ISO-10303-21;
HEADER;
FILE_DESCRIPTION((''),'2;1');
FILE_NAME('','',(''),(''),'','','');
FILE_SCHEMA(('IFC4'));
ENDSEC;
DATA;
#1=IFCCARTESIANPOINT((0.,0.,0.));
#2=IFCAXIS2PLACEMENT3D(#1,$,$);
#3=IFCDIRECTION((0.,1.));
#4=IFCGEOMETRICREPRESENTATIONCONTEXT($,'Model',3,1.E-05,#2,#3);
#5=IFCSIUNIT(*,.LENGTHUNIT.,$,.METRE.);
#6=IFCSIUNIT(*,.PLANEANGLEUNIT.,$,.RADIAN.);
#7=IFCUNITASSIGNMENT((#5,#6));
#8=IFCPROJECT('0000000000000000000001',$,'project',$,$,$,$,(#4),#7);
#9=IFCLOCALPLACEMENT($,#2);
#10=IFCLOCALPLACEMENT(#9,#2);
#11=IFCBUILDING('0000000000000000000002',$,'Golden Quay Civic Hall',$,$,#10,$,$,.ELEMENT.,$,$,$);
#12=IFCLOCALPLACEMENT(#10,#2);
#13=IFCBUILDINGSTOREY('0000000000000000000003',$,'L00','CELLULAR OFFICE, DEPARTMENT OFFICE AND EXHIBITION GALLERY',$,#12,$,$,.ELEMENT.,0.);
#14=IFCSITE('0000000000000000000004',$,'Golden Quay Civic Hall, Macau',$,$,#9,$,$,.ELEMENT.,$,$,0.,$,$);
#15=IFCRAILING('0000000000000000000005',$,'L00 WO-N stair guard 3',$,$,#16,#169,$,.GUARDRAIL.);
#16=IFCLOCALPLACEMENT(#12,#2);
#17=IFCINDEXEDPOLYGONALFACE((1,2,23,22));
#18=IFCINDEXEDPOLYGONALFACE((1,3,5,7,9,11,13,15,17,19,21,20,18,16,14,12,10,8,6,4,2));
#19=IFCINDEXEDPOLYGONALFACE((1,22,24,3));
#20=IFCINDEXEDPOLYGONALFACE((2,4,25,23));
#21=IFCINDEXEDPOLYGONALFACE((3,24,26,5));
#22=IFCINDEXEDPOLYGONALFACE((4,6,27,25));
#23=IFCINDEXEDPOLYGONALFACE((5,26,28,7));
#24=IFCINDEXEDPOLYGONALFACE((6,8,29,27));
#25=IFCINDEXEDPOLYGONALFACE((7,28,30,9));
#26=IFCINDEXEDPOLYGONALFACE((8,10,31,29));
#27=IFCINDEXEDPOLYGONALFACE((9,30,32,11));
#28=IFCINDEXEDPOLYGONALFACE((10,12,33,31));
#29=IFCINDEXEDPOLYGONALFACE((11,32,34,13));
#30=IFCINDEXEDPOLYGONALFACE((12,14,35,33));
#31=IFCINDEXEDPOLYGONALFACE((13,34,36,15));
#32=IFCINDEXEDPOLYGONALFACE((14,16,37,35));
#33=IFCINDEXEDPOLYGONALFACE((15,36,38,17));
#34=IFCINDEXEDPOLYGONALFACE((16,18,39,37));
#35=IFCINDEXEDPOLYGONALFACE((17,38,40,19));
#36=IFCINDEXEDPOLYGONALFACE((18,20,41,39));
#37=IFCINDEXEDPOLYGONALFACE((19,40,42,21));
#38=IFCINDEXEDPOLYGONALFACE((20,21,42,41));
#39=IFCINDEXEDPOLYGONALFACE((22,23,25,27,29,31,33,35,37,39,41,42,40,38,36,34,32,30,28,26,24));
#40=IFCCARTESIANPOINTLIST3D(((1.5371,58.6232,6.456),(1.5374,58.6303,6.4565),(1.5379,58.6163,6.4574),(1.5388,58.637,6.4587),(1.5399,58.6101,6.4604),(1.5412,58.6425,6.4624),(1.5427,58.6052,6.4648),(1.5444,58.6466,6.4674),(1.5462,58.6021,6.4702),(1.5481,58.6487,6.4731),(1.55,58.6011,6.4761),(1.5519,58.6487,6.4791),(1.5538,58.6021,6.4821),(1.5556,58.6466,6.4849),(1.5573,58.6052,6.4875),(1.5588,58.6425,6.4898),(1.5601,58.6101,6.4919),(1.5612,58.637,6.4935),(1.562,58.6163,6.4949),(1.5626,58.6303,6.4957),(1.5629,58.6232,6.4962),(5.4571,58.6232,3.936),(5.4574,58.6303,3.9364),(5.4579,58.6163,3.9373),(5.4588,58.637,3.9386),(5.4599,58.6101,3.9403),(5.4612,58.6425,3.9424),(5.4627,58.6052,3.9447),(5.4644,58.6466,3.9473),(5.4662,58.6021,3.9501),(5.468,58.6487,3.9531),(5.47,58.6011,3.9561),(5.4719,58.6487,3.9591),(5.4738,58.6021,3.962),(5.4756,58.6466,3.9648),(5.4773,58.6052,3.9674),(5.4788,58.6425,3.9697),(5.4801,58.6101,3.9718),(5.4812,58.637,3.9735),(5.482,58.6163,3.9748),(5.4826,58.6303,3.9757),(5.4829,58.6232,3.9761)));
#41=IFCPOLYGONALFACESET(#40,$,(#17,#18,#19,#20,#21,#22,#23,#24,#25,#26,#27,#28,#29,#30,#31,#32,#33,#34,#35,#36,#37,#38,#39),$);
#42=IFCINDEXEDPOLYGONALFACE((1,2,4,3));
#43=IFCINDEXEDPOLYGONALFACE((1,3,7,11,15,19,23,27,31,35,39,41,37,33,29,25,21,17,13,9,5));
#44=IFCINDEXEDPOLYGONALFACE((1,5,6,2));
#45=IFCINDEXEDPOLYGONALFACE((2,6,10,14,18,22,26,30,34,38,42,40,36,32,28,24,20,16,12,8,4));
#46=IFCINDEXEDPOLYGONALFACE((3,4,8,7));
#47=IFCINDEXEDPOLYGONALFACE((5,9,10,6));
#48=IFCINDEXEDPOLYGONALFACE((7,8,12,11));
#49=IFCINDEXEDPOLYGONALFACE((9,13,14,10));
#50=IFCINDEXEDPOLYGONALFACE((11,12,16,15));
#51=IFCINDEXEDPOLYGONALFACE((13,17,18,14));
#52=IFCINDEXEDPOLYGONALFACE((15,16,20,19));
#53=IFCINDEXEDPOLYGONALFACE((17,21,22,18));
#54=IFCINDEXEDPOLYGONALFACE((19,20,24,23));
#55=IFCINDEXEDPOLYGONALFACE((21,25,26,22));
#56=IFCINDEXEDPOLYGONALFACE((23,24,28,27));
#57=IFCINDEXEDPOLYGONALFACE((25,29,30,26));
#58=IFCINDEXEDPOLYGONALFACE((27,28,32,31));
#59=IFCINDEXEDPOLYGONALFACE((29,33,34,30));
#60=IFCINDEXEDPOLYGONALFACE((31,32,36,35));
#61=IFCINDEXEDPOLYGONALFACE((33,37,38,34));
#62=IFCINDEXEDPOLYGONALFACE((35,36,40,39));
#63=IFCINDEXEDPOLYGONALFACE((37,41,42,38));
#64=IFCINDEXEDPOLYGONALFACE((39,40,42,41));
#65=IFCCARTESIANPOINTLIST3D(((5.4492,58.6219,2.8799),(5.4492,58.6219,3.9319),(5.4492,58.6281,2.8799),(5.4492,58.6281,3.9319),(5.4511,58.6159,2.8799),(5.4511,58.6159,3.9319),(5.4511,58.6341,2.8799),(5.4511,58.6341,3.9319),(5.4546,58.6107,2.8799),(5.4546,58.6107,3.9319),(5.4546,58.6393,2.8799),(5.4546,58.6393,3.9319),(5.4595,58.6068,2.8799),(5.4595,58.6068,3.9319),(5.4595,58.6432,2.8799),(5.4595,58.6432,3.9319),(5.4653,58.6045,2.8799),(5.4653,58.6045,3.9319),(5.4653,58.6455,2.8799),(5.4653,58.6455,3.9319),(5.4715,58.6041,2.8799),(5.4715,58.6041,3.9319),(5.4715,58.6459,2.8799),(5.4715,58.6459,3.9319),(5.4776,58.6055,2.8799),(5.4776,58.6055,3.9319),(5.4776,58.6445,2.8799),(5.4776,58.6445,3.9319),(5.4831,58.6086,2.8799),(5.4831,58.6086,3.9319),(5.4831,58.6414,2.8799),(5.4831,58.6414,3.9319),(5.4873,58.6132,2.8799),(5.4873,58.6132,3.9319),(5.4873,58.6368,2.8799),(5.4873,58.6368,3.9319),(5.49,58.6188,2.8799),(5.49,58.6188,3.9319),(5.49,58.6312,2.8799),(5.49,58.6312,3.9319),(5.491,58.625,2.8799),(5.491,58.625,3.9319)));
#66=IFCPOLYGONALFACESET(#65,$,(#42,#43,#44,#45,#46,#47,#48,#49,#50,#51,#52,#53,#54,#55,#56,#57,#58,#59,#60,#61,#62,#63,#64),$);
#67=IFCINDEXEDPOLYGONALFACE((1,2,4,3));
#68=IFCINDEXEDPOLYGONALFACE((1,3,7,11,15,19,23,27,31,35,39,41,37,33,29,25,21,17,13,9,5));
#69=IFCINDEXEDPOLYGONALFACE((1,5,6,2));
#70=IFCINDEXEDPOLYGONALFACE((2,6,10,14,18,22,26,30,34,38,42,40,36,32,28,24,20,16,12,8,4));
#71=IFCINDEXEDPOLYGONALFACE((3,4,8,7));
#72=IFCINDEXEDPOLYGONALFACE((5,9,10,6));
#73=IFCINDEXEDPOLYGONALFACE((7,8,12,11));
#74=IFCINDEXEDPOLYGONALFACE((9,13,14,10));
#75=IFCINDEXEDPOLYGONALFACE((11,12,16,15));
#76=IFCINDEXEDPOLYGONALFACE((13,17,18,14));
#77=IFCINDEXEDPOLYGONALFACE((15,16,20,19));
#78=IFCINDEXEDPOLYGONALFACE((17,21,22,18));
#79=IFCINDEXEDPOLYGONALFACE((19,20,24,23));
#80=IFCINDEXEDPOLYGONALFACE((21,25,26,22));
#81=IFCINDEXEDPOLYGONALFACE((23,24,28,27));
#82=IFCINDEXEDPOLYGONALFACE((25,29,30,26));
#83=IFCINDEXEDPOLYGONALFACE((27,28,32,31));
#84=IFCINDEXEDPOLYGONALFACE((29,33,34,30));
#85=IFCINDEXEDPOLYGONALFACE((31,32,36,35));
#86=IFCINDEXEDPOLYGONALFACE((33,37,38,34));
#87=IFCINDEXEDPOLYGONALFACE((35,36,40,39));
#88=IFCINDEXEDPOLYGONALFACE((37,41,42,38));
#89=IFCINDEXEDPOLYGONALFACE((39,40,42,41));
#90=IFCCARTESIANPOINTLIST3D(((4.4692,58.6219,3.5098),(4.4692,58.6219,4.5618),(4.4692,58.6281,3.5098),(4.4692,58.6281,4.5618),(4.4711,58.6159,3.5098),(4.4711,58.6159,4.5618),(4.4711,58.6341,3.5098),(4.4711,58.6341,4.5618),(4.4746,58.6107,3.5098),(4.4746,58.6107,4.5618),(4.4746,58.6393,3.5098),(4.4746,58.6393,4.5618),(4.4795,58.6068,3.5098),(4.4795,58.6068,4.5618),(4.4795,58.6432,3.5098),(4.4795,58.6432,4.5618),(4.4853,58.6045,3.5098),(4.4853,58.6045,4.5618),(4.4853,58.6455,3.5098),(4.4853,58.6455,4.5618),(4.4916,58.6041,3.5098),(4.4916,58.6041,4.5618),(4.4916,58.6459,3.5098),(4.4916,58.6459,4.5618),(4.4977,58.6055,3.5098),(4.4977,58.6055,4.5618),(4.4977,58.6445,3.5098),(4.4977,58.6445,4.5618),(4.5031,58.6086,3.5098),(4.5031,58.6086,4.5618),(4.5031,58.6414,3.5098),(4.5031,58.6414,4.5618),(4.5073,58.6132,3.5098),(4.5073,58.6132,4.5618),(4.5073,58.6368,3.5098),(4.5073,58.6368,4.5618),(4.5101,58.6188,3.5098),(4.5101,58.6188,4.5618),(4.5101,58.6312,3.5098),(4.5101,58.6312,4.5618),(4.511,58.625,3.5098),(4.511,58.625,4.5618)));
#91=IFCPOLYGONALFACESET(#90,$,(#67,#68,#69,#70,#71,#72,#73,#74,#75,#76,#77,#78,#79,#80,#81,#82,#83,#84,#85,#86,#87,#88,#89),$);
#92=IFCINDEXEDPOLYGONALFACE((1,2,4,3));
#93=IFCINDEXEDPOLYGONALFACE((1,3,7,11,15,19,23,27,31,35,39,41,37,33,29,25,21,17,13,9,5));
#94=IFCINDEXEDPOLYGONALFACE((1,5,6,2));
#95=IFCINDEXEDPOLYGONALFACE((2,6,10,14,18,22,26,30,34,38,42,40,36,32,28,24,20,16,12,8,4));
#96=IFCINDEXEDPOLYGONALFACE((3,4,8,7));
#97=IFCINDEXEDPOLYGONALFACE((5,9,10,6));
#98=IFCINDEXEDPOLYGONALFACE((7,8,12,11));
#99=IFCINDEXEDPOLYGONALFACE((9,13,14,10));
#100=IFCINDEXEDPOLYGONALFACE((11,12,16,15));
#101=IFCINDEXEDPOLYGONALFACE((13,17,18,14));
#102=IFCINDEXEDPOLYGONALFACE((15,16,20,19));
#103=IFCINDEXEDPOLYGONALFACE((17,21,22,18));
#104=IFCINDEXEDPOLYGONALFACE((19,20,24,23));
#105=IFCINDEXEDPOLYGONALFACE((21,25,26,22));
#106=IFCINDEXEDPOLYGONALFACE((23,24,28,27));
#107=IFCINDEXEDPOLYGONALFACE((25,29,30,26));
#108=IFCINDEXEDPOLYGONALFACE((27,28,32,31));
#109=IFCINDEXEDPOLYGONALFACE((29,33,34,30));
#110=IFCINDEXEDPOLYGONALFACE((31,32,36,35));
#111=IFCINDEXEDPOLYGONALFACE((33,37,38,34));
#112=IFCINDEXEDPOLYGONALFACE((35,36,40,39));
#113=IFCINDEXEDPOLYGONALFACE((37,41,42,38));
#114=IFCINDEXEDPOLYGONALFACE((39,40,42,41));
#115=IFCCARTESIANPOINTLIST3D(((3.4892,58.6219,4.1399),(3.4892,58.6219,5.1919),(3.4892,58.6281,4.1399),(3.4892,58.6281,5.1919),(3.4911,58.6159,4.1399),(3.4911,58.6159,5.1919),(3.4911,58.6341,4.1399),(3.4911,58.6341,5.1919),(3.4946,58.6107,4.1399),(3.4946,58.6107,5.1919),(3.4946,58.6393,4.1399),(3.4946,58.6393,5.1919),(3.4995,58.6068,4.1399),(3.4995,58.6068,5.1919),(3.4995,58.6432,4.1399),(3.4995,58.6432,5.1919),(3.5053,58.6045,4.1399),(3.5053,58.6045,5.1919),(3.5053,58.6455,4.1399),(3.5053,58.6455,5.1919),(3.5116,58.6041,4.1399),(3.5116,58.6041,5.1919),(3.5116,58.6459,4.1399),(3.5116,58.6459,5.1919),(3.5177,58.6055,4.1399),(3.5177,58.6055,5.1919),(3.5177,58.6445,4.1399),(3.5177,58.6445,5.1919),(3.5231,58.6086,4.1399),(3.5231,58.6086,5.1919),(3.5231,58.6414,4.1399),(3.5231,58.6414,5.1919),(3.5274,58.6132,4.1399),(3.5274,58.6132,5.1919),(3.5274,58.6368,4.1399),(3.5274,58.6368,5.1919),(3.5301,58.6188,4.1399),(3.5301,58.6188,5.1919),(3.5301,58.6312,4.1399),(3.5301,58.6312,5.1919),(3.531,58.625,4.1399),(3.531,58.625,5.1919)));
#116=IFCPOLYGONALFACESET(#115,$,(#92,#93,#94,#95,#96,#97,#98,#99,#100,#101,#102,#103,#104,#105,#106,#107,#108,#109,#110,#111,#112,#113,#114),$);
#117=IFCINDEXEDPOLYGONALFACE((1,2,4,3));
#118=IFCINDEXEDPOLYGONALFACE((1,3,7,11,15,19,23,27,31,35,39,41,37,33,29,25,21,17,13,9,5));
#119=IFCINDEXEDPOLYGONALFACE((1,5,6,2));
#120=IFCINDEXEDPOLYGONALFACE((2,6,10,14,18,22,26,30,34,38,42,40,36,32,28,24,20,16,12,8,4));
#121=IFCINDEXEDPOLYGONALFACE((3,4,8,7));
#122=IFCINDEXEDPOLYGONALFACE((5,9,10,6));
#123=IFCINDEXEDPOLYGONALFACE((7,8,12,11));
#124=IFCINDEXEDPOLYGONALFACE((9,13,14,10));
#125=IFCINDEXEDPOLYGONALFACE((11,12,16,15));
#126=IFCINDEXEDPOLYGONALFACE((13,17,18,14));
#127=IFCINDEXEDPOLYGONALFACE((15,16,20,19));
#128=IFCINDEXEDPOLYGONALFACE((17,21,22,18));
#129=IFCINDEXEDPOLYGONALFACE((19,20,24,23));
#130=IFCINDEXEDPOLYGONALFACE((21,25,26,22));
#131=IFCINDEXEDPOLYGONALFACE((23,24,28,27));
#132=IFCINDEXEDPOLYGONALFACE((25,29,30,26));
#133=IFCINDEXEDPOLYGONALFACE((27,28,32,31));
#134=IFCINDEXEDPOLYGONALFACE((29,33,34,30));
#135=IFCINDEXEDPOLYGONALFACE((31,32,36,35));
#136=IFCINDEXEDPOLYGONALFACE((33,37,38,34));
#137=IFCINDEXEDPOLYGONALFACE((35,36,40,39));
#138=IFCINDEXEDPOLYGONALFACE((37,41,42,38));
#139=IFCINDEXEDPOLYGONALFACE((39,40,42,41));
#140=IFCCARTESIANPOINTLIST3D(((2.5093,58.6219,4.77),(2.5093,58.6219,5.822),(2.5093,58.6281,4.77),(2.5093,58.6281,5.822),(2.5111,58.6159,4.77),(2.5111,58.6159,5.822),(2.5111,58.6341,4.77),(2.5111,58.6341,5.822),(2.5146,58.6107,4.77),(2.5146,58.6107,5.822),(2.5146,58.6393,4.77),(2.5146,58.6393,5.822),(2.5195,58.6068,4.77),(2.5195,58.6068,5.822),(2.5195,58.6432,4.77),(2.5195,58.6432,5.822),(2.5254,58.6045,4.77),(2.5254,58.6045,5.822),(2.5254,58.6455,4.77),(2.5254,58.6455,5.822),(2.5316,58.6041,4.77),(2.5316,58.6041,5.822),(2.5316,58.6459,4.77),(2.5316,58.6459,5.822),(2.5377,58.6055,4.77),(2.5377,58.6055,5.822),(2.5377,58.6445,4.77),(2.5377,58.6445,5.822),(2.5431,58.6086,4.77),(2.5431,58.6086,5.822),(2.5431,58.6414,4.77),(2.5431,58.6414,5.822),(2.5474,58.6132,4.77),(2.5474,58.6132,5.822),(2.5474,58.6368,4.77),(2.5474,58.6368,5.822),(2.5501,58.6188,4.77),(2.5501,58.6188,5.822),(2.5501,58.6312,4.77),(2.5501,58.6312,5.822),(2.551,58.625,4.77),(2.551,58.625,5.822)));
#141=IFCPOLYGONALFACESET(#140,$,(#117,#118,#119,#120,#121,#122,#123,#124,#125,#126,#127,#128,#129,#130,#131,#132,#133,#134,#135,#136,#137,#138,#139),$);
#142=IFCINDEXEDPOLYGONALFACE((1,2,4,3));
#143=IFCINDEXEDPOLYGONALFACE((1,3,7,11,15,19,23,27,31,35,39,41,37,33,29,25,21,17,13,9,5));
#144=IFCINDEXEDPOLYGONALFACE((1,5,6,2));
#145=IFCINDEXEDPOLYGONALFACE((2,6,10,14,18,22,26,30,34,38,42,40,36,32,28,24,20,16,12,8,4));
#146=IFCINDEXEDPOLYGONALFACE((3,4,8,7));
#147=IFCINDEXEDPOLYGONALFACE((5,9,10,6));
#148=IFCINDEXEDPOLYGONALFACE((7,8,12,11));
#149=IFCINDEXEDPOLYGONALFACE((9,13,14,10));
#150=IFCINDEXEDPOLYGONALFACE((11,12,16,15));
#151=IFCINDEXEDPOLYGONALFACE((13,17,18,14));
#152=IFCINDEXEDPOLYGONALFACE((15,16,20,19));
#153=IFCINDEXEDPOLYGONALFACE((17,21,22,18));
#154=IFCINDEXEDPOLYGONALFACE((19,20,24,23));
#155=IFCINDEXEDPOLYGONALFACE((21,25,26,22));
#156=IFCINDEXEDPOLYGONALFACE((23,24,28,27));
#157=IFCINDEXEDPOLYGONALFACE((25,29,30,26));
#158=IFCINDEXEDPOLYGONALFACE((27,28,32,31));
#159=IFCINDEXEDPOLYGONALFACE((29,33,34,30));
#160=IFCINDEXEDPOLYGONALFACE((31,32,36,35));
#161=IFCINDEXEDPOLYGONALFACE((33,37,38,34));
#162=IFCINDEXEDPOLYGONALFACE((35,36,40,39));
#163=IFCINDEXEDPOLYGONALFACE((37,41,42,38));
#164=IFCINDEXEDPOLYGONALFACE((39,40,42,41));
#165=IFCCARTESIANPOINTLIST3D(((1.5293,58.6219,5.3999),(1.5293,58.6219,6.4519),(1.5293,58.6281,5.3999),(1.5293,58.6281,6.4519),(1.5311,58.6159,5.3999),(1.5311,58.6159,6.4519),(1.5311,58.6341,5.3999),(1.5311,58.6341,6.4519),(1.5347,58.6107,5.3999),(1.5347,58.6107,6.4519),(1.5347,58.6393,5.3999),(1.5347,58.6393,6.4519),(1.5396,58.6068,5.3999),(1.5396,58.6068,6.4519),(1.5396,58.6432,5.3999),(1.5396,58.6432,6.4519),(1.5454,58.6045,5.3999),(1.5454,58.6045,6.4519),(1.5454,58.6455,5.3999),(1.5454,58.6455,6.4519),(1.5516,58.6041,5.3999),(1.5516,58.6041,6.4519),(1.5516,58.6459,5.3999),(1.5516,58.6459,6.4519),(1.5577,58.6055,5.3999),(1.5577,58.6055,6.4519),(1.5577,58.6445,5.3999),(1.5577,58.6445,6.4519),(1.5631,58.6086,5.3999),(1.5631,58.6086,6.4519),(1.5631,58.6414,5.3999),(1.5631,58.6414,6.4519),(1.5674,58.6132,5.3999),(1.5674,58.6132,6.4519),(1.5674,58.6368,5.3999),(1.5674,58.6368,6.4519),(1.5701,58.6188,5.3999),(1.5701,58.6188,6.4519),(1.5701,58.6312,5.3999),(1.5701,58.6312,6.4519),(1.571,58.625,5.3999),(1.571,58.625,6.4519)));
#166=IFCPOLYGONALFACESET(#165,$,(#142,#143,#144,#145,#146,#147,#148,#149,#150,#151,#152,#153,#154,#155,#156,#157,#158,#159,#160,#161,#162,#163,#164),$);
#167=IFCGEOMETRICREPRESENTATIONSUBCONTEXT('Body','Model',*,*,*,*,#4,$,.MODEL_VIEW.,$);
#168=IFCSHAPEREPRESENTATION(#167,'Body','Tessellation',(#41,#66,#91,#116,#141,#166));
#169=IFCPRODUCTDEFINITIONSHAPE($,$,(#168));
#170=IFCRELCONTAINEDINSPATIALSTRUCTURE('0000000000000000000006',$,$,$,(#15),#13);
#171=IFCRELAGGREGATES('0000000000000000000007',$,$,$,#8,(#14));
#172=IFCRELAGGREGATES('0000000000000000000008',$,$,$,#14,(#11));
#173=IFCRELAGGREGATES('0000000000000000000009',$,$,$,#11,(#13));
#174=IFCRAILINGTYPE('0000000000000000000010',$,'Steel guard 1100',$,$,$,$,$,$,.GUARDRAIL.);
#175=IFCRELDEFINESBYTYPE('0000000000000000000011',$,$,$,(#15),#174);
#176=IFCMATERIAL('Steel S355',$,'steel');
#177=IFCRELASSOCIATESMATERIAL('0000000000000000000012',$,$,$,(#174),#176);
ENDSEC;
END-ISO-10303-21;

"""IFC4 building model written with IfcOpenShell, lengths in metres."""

from ifc_helpers import new_model, si_unit, direction, frame, origin, origin_2d, place, context, subcontext, project, spatial, circle, extrude, material, type_object, element, save


model = new_model("IFC4")

# Units and contexts
model_context = context("Model", 3, precision=1e-05, world=origin(), true_north=direction((0.0, 1.0)))
body_context = subcontext(model_context, "Body", "Model", "MODEL_VIEW")
ifc_project = project(units=[si_unit("LENGTHUNIT", "METRE"), si_unit("PLANEANGLEUNIT", "RADIAN")], contexts=[model_context])

# Site, building, storey
site_placement = place(None, origin())
site = spatial("IfcSite", under=ifc_project, at=site_placement, Name="Golden Quay Civic Hall, Macau", CompositionType="ELEMENT", RefElevation=0.0)
building_placement = place(site_placement, origin())
building = spatial("IfcBuilding", under=site, at=building_placement, Name="Golden Quay Civic Hall", CompositionType="ELEMENT")
storey_placement = place(building_placement, origin())
storey = spatial("IfcBuildingStorey", under=building, at=storey_placement, Name="L00", Description="CELLULAR OFFICE, DEPARTMENT OFFICE AND EXHIBITION GALLERY", CompositionType="ELEMENT", Elevation=0.0)

# Railing
ifc_material_1 = material(Name="Steel S355", Category="steel")
railing_type_1 = type_object("IfcRailingType", Name="Steel guard 1100", PredefinedType="GUARDRAIL", material=ifc_material_1)
railing_1_placement = place(storey_placement, frame((5.47, 58.625, 2.8799)))
element("IfcRailing", 1, at=railing_1_placement, inside=storey, type_object=railing_type_1, Name="L00 WO-N stair guard 3", PredefinedType="GUARDRAIL", context=body_context, shape_type="SweptSolid", body=[
    extrude(circle(Radius=0.0239, at=origin_2d()), frame((0.0, 0.0, 1.0762), z_axis=(-0.841172, 0.0, 0.540768), x_axis=(0.0, -1.0, 0.0)), (0.0, 0.0, 1.0), 4.6602),
    extrude(circle(Radius=0.021, at=origin_2d()), origin(), (0.0, 0.0, 1.0), 1.052),
    extrude(circle(Radius=0.021, at=origin_2d()), frame((-0.98, 0.0, 0.6299)), (0.0, 0.0, 1.0), 1.052),
    extrude(circle(Radius=0.021, at=origin_2d()), frame((-1.96, 0.0, 1.26)), (0.0, 0.0, 1.0), 1.052),
    extrude(circle(Radius=0.021, at=origin_2d()), frame((-2.9399, 0.0, 1.8901)), (0.0, 0.0, 1.0), 1.052),
    extrude(circle(Radius=0.021, at=origin_2d()), frame((-3.9199, 0.0, 2.52)), (0.0, 0.0, 1.0), 1.052),
])

save(model, "model.ifc")
